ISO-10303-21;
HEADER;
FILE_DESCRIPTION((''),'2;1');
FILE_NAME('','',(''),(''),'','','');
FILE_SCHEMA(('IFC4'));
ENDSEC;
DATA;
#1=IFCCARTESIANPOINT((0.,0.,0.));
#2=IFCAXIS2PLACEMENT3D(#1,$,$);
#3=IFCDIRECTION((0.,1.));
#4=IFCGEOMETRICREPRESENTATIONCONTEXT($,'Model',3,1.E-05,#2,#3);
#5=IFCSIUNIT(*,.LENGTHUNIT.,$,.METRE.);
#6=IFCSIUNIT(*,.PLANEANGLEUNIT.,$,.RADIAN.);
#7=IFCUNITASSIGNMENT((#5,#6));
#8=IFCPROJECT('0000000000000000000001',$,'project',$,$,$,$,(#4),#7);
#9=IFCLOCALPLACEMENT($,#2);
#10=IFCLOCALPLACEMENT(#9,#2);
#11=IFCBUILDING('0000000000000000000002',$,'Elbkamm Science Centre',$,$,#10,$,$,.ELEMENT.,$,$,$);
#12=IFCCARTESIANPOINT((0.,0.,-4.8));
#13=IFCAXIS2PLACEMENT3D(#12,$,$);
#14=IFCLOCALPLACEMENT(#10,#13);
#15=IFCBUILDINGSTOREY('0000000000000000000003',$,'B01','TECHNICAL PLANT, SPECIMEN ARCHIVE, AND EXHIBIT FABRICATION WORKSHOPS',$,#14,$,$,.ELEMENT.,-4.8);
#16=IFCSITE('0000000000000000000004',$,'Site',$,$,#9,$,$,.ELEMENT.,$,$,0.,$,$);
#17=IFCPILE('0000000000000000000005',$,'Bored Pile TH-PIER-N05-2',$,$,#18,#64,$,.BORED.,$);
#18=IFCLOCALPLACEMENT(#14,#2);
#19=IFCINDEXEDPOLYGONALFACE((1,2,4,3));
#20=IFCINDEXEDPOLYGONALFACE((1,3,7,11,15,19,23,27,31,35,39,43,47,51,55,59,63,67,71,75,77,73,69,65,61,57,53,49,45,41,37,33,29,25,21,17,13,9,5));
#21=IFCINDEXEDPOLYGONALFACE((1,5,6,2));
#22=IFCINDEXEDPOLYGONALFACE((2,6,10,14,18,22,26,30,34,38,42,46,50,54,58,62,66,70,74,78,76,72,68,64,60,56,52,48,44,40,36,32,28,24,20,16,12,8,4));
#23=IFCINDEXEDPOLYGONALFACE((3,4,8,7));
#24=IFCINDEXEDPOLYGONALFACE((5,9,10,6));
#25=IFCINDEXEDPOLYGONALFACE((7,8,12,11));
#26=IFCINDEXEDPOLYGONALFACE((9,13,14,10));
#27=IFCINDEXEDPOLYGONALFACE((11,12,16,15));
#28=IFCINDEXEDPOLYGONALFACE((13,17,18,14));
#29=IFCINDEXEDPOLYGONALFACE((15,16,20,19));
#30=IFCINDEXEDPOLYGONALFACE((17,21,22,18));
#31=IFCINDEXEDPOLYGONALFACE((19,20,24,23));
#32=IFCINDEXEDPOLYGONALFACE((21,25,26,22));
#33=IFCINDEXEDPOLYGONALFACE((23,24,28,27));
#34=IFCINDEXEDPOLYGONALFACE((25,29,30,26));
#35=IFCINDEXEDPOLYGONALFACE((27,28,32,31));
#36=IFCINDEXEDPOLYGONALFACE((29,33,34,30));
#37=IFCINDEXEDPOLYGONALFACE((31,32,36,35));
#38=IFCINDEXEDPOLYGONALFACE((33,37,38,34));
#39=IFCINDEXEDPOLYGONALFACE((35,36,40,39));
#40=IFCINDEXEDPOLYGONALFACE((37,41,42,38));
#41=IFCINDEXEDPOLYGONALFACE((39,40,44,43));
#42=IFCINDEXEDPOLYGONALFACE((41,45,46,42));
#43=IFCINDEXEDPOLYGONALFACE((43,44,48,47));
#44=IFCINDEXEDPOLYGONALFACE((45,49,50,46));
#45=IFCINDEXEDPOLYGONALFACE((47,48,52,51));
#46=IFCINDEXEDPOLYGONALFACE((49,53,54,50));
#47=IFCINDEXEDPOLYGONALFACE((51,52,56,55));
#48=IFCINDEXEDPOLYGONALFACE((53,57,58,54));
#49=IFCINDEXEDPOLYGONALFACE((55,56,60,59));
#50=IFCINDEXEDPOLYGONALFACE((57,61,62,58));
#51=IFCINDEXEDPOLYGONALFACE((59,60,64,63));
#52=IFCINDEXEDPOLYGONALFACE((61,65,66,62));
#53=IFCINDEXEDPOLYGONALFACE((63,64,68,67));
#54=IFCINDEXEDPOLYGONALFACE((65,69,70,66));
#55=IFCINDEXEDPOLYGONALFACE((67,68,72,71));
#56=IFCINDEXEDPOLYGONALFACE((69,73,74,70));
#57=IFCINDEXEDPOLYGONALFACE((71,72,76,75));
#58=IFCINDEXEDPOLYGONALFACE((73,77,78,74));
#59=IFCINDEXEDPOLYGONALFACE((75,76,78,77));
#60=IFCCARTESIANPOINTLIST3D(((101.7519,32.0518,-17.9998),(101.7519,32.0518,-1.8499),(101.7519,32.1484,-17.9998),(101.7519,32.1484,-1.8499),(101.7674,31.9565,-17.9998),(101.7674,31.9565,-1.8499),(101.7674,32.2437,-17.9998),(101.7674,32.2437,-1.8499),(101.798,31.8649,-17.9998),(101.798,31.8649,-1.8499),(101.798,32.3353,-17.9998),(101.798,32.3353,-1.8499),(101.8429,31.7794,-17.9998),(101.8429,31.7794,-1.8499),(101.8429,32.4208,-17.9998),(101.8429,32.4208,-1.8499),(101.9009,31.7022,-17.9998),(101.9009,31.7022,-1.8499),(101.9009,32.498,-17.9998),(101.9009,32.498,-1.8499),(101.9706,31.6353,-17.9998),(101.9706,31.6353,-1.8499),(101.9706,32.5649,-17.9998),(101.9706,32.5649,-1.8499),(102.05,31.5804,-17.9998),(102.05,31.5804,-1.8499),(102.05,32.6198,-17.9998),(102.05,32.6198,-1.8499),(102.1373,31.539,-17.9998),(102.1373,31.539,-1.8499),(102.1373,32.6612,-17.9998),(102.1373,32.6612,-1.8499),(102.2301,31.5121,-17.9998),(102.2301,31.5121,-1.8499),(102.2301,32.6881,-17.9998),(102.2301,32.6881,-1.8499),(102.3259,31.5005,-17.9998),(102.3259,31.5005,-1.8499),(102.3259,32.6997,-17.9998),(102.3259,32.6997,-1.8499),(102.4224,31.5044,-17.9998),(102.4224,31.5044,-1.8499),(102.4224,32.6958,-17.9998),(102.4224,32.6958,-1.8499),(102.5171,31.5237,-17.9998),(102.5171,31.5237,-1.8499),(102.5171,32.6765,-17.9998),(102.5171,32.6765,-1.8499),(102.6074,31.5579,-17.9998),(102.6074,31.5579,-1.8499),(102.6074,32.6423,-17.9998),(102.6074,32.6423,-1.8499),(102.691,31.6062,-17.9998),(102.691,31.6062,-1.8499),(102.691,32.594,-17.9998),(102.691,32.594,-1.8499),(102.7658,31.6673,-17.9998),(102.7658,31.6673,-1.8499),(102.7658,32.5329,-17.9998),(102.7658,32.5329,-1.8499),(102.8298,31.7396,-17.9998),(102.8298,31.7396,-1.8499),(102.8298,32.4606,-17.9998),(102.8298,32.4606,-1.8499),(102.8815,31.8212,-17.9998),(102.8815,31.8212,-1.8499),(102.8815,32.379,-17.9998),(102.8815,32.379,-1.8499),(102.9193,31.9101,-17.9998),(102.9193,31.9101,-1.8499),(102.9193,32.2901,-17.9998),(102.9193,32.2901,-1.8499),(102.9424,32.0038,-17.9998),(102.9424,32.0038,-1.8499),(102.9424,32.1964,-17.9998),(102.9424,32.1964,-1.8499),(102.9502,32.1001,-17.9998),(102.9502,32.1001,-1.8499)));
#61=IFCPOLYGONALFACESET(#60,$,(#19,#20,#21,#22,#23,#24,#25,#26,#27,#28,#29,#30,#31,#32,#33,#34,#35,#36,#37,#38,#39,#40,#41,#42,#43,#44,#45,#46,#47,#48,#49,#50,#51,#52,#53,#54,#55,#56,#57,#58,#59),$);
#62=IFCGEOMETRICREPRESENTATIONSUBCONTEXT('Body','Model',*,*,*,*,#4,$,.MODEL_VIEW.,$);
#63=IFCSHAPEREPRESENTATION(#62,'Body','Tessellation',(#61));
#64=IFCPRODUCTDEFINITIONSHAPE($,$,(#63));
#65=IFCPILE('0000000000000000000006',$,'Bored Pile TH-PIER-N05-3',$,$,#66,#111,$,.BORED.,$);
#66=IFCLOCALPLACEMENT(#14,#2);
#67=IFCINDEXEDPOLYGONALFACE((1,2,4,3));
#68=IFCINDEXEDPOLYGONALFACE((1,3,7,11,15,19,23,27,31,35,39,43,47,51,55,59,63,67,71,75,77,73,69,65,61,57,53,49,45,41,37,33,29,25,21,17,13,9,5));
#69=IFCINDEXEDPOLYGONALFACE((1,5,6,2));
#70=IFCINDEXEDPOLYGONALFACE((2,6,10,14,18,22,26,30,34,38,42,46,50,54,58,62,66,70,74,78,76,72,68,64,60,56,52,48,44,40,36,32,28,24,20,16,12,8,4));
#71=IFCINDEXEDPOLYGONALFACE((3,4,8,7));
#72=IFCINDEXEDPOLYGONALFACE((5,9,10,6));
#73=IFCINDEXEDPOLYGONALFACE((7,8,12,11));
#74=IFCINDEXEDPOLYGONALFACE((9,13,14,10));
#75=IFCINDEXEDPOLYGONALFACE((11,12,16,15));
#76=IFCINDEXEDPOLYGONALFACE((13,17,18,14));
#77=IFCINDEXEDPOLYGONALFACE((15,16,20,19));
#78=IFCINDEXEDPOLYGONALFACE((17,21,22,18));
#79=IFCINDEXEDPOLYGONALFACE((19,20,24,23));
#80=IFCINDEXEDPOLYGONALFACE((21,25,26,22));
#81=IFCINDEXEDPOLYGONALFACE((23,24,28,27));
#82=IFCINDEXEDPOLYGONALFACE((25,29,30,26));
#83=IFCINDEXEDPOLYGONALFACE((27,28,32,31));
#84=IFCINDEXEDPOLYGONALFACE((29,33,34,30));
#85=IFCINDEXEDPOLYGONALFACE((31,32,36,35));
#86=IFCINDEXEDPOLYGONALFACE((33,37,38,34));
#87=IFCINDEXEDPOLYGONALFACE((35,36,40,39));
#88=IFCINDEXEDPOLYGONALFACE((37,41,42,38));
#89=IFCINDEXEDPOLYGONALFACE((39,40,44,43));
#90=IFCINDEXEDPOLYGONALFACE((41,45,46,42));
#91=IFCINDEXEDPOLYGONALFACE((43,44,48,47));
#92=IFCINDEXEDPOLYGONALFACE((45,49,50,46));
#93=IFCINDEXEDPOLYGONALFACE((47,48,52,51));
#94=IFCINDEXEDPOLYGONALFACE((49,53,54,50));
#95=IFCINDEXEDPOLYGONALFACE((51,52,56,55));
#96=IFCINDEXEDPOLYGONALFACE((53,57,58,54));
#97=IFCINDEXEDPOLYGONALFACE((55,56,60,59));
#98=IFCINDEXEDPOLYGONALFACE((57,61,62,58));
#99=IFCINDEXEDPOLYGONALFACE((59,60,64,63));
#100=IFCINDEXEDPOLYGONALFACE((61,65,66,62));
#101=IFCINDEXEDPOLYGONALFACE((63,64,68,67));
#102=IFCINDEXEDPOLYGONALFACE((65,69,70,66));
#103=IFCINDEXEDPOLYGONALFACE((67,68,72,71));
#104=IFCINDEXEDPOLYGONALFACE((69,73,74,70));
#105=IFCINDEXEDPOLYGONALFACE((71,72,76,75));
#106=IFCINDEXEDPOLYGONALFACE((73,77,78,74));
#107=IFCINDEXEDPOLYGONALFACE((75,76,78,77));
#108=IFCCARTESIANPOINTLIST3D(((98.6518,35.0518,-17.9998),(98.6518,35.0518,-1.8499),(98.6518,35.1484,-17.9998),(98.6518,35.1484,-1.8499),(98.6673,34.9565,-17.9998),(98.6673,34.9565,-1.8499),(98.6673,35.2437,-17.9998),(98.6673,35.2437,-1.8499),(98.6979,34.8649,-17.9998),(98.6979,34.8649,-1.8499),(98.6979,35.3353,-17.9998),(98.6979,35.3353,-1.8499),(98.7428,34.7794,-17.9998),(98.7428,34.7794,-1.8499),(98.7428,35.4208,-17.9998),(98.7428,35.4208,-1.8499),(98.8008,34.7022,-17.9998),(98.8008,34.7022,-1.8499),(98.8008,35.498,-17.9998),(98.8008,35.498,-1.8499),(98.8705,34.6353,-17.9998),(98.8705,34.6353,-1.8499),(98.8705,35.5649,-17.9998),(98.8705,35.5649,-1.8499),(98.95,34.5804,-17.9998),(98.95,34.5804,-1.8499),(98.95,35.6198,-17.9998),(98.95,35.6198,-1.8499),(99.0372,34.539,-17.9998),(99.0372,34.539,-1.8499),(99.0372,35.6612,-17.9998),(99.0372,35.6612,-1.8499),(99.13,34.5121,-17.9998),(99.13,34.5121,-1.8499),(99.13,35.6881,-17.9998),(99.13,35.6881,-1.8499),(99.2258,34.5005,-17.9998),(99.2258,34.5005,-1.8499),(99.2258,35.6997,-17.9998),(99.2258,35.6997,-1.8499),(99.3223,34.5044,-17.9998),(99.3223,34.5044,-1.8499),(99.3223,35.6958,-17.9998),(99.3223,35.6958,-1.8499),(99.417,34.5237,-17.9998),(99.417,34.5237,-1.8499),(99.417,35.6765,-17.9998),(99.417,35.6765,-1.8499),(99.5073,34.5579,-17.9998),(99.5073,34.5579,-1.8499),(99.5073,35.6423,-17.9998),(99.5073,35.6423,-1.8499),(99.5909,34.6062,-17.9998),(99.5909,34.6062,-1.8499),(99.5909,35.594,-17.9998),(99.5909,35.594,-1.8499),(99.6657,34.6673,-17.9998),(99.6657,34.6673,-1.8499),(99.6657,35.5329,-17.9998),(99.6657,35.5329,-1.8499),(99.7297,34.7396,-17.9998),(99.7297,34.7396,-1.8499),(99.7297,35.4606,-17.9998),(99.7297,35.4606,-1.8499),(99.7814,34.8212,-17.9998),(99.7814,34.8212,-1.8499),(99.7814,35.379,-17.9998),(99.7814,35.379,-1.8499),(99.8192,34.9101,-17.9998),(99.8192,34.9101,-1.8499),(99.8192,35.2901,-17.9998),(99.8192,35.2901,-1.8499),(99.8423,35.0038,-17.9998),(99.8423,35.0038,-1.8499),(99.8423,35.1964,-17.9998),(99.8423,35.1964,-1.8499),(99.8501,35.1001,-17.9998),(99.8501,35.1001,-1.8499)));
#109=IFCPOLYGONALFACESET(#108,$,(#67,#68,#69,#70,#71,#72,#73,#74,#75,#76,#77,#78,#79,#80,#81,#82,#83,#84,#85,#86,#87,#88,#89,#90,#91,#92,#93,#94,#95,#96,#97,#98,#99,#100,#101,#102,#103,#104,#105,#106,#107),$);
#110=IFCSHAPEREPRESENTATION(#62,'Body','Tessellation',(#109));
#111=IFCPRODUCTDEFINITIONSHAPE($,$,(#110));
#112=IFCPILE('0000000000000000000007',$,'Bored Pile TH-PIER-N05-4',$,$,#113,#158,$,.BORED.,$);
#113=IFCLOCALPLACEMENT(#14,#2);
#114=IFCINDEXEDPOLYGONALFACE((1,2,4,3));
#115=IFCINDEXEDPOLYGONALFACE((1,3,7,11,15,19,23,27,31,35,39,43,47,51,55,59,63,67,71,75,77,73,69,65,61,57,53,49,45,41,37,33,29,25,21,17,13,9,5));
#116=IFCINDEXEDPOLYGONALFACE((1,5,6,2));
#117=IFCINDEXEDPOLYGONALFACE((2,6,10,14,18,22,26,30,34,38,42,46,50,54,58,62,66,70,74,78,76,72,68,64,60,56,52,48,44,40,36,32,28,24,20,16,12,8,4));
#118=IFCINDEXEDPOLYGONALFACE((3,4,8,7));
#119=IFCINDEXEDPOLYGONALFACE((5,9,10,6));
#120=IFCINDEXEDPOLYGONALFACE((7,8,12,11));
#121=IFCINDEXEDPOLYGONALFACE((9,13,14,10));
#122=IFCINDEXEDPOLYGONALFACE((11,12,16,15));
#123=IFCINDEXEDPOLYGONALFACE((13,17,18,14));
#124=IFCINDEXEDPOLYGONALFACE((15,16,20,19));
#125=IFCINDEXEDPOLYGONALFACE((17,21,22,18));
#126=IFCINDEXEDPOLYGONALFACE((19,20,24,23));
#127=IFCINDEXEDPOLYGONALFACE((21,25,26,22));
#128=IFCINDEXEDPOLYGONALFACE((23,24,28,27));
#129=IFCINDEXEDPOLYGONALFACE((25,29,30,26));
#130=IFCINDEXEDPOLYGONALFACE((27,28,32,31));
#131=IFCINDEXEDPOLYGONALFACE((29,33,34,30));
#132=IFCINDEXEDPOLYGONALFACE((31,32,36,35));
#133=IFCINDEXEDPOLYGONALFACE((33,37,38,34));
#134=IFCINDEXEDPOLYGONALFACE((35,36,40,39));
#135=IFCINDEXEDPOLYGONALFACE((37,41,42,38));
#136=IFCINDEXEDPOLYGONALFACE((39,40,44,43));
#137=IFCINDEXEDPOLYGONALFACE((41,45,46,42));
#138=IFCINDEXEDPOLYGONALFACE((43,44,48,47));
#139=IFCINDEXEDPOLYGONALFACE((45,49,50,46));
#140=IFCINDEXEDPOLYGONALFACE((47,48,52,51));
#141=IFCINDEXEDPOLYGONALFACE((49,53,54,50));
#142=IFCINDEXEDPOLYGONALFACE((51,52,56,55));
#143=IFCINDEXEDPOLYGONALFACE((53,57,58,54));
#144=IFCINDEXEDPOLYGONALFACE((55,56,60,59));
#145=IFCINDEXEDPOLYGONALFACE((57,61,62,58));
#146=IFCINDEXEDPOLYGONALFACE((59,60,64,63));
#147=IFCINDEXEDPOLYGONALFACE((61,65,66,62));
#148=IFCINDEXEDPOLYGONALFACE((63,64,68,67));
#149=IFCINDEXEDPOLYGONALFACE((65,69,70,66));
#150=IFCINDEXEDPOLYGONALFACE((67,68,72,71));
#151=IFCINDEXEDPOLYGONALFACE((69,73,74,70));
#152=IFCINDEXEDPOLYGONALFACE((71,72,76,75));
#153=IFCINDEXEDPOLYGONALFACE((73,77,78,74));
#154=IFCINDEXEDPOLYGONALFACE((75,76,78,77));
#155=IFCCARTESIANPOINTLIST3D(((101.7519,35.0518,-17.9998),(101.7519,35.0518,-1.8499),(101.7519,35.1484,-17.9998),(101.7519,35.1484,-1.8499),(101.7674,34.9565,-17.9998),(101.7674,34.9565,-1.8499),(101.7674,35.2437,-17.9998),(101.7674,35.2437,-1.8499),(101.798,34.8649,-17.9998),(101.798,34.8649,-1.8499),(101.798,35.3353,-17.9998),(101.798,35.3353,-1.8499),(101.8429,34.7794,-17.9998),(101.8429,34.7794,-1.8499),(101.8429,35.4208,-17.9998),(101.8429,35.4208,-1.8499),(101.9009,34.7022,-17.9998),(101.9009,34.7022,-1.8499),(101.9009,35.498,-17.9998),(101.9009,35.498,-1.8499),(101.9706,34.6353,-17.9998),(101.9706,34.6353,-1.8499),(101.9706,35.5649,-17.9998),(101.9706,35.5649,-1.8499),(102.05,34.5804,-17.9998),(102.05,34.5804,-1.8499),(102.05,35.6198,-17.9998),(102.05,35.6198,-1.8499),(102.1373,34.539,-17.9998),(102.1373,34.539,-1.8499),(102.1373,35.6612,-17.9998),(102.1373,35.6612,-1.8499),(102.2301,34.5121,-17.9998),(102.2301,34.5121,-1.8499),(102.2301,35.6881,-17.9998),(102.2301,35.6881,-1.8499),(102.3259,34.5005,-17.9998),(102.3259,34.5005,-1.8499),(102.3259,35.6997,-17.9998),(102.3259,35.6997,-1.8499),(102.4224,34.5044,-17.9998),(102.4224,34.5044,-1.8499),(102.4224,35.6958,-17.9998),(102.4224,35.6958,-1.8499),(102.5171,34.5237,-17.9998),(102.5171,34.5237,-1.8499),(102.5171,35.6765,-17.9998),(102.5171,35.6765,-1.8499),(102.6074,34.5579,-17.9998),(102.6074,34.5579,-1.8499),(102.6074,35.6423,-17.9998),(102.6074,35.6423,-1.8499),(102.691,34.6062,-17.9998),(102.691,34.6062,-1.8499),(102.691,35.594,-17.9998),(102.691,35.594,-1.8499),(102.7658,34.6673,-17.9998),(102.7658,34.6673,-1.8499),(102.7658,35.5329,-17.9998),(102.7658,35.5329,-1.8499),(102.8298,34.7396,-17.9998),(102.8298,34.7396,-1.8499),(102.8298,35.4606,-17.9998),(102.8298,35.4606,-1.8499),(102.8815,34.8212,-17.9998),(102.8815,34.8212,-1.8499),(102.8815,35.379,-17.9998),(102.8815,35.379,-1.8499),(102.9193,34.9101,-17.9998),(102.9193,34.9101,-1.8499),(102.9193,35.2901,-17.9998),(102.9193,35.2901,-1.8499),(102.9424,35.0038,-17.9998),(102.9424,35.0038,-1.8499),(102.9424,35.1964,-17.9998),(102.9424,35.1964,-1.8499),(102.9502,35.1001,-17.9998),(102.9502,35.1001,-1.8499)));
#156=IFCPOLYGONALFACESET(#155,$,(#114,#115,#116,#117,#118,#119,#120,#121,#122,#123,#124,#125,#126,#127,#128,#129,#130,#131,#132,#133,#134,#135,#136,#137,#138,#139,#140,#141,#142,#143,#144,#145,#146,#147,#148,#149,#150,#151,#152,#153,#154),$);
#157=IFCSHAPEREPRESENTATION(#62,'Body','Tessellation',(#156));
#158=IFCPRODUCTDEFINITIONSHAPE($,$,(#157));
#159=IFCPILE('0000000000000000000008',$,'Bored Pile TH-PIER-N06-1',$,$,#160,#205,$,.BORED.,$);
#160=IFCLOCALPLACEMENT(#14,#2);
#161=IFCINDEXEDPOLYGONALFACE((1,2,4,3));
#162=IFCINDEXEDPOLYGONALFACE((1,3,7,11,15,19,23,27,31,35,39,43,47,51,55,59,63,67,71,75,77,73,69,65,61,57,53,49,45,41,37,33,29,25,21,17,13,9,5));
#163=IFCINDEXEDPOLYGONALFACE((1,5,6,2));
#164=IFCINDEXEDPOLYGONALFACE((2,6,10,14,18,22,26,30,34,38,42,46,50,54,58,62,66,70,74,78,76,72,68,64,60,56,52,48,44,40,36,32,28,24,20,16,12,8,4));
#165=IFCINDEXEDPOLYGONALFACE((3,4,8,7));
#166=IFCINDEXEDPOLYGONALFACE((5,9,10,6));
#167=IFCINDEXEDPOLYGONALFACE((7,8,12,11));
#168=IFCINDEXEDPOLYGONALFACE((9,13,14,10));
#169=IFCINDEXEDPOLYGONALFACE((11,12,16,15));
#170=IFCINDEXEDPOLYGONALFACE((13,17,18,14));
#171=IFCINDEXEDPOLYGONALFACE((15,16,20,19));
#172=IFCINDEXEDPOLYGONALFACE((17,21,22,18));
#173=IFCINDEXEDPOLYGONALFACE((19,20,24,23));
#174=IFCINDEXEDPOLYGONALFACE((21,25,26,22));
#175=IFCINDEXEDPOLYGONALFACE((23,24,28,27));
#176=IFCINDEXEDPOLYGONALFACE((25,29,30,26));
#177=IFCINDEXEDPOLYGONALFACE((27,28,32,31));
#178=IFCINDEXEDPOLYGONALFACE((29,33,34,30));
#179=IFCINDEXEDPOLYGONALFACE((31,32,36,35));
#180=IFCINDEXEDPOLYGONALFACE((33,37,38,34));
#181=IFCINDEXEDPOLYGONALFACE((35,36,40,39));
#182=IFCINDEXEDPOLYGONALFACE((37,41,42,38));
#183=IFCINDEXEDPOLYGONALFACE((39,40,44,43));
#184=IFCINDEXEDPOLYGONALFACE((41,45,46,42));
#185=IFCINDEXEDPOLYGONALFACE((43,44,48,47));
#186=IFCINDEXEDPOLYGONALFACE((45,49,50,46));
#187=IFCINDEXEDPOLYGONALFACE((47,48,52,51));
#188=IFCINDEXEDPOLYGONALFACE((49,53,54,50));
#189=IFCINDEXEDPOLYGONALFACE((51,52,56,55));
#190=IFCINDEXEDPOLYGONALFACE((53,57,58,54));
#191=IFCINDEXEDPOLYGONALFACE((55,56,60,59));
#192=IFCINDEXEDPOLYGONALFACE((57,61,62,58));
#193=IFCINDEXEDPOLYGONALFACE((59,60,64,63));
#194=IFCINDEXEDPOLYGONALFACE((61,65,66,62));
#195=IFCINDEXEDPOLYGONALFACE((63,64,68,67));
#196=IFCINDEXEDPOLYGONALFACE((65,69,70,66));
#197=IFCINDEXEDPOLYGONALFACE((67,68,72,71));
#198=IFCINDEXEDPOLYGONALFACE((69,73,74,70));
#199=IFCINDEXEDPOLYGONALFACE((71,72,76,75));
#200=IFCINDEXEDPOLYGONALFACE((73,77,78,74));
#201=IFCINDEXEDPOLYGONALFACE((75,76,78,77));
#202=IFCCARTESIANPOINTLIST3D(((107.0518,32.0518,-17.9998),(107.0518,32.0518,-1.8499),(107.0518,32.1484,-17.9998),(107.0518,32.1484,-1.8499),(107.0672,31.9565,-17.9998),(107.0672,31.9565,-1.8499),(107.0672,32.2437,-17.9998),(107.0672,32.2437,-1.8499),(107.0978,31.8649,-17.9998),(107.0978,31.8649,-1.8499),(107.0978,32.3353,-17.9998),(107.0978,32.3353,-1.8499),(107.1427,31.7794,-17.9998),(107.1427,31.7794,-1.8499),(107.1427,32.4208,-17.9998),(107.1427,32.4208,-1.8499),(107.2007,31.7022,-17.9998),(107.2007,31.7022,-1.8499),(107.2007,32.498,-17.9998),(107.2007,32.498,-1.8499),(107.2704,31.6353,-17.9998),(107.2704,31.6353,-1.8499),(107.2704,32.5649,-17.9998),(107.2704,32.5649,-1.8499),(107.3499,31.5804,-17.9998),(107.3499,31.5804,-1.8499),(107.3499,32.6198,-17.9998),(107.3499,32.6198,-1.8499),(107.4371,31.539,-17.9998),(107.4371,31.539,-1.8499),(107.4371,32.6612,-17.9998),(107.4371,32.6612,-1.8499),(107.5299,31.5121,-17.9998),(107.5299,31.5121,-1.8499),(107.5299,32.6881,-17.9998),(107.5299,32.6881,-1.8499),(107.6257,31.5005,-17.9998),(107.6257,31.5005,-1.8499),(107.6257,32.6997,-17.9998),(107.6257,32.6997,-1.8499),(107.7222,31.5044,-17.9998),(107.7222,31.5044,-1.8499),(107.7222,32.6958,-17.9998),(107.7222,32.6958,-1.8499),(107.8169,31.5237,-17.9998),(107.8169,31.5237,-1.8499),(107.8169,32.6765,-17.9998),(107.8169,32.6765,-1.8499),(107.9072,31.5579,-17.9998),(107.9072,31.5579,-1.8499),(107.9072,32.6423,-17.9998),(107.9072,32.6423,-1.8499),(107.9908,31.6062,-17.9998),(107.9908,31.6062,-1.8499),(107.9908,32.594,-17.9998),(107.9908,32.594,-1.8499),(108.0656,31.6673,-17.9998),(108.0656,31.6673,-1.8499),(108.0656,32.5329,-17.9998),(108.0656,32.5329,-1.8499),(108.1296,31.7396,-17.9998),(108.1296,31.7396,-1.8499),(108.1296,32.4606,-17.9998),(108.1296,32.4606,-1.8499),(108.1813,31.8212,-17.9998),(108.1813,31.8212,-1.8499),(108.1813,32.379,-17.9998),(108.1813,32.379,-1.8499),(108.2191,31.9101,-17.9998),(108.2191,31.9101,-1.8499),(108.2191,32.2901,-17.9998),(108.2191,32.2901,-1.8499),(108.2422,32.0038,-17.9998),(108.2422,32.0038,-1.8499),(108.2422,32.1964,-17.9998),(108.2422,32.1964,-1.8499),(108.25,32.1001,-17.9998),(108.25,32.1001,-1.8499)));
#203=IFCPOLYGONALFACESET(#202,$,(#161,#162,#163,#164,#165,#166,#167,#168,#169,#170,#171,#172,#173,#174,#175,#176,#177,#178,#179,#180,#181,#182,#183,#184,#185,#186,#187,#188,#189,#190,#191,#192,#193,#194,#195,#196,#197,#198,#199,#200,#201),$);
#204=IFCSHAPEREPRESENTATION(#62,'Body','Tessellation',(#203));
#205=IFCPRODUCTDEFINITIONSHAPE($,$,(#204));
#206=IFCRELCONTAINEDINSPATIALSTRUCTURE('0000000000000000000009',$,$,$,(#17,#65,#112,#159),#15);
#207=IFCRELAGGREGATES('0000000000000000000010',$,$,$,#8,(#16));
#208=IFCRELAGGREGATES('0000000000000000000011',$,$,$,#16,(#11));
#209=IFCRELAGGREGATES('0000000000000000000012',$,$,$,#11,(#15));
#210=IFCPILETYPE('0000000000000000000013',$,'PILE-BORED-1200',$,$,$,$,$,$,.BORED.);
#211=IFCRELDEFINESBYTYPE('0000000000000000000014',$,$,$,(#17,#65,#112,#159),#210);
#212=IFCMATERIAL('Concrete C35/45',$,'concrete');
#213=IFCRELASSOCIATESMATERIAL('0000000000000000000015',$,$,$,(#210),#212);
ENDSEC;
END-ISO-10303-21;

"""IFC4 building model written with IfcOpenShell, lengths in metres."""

from ifc_helpers import new_model, si_unit, direction, frame, origin, origin_2d, place, context, subcontext, project, spatial, circle, extrude, material, material_profile, profile_set, type_object, element, save


model = new_model("IFC4")

# Units and contexts
model_context = context("Model", 3, precision=1e-05, world=origin(), true_north=direction((0.0, 1.0)))
body_context = subcontext(model_context, "Body", "Model", "MODEL_VIEW")
ifc_project = project(units=[si_unit("LENGTHUNIT", "METRE"), si_unit("PLANEANGLEUNIT", "RADIAN")], contexts=[model_context])

# Site, building, storey
site_placement = place(None, origin())
site = spatial("IfcSite", under=ifc_project, at=site_placement, Name="Site", CompositionType="ELEMENT", RefElevation=0.0)
building_placement = place(site_placement, origin())
building = spatial("IfcBuilding", under=site, at=building_placement, Name="Elbkamm Science Centre", CompositionType="ELEMENT")
storey_placement = place(building_placement, frame((0.0, 0.0, -4.8)))
storey = spatial("IfcBuildingStorey", under=building, at=storey_placement, Name="B01", Description="TECHNICAL PLANT, SPECIMEN ARCHIVE, AND EXHIBIT FABRICATION WORKSHOPS", CompositionType="ELEMENT", Elevation=-4.8)

# Shared definitions
ifc_material_1 = material(Name="Concrete C35/45", Category="concrete")

# Piles
ifc_material_profile_1 = material_profile(ifc_material_1, circle(Radius=0.6001, at=origin_2d()), Name="PILE D1200")
ifc_profile_set_1 = profile_set([ifc_material_profile_1], Name="Concrete C35/45")
pile_type_1 = type_object("IfcPileType", Name="PILE-BORED-1200", PredefinedType="BORED", material=ifc_profile_set_1)
for number, where, z_axis, x_axis, name in (
    (1, (102.3501, 32.1001, -1.8499), (0.0, 0.0, -1.0), (1.0, 0.0, 0.0), "Bored Pile TH-PIER-N05-2"),
    (2, (99.25, 35.1001, -1.8499), (0.0, 0.0, -1.0), (1.0, 0.0, 0.0), "Bored Pile TH-PIER-N05-3"),
    (3, (102.3501, 35.1001, -1.8499), (0.0, 0.0, -1.0), (1.0, 0.0, 0.0), "Bored Pile TH-PIER-N05-4"),
    (4, (107.6499, 32.1001, -1.8499), (0.0, 0.0, -1.0), (1.0, 0.0, 0.0), "Bored Pile TH-PIER-N06-1"),
):
    element("IfcPile", number, at=place(storey_placement, frame(where, z_axis=z_axis, x_axis=x_axis)), inside=storey, type_object=pile_type_1, Name=name, PredefinedType="BORED", context=body_context, shape_type="SweptSolid", body=[
        extrude(circle(Radius=0.6001, at=origin_2d()), origin(), (0.0, 0.0, 1.0), 16.1499),
    ])

save(model, "model.ifc")
